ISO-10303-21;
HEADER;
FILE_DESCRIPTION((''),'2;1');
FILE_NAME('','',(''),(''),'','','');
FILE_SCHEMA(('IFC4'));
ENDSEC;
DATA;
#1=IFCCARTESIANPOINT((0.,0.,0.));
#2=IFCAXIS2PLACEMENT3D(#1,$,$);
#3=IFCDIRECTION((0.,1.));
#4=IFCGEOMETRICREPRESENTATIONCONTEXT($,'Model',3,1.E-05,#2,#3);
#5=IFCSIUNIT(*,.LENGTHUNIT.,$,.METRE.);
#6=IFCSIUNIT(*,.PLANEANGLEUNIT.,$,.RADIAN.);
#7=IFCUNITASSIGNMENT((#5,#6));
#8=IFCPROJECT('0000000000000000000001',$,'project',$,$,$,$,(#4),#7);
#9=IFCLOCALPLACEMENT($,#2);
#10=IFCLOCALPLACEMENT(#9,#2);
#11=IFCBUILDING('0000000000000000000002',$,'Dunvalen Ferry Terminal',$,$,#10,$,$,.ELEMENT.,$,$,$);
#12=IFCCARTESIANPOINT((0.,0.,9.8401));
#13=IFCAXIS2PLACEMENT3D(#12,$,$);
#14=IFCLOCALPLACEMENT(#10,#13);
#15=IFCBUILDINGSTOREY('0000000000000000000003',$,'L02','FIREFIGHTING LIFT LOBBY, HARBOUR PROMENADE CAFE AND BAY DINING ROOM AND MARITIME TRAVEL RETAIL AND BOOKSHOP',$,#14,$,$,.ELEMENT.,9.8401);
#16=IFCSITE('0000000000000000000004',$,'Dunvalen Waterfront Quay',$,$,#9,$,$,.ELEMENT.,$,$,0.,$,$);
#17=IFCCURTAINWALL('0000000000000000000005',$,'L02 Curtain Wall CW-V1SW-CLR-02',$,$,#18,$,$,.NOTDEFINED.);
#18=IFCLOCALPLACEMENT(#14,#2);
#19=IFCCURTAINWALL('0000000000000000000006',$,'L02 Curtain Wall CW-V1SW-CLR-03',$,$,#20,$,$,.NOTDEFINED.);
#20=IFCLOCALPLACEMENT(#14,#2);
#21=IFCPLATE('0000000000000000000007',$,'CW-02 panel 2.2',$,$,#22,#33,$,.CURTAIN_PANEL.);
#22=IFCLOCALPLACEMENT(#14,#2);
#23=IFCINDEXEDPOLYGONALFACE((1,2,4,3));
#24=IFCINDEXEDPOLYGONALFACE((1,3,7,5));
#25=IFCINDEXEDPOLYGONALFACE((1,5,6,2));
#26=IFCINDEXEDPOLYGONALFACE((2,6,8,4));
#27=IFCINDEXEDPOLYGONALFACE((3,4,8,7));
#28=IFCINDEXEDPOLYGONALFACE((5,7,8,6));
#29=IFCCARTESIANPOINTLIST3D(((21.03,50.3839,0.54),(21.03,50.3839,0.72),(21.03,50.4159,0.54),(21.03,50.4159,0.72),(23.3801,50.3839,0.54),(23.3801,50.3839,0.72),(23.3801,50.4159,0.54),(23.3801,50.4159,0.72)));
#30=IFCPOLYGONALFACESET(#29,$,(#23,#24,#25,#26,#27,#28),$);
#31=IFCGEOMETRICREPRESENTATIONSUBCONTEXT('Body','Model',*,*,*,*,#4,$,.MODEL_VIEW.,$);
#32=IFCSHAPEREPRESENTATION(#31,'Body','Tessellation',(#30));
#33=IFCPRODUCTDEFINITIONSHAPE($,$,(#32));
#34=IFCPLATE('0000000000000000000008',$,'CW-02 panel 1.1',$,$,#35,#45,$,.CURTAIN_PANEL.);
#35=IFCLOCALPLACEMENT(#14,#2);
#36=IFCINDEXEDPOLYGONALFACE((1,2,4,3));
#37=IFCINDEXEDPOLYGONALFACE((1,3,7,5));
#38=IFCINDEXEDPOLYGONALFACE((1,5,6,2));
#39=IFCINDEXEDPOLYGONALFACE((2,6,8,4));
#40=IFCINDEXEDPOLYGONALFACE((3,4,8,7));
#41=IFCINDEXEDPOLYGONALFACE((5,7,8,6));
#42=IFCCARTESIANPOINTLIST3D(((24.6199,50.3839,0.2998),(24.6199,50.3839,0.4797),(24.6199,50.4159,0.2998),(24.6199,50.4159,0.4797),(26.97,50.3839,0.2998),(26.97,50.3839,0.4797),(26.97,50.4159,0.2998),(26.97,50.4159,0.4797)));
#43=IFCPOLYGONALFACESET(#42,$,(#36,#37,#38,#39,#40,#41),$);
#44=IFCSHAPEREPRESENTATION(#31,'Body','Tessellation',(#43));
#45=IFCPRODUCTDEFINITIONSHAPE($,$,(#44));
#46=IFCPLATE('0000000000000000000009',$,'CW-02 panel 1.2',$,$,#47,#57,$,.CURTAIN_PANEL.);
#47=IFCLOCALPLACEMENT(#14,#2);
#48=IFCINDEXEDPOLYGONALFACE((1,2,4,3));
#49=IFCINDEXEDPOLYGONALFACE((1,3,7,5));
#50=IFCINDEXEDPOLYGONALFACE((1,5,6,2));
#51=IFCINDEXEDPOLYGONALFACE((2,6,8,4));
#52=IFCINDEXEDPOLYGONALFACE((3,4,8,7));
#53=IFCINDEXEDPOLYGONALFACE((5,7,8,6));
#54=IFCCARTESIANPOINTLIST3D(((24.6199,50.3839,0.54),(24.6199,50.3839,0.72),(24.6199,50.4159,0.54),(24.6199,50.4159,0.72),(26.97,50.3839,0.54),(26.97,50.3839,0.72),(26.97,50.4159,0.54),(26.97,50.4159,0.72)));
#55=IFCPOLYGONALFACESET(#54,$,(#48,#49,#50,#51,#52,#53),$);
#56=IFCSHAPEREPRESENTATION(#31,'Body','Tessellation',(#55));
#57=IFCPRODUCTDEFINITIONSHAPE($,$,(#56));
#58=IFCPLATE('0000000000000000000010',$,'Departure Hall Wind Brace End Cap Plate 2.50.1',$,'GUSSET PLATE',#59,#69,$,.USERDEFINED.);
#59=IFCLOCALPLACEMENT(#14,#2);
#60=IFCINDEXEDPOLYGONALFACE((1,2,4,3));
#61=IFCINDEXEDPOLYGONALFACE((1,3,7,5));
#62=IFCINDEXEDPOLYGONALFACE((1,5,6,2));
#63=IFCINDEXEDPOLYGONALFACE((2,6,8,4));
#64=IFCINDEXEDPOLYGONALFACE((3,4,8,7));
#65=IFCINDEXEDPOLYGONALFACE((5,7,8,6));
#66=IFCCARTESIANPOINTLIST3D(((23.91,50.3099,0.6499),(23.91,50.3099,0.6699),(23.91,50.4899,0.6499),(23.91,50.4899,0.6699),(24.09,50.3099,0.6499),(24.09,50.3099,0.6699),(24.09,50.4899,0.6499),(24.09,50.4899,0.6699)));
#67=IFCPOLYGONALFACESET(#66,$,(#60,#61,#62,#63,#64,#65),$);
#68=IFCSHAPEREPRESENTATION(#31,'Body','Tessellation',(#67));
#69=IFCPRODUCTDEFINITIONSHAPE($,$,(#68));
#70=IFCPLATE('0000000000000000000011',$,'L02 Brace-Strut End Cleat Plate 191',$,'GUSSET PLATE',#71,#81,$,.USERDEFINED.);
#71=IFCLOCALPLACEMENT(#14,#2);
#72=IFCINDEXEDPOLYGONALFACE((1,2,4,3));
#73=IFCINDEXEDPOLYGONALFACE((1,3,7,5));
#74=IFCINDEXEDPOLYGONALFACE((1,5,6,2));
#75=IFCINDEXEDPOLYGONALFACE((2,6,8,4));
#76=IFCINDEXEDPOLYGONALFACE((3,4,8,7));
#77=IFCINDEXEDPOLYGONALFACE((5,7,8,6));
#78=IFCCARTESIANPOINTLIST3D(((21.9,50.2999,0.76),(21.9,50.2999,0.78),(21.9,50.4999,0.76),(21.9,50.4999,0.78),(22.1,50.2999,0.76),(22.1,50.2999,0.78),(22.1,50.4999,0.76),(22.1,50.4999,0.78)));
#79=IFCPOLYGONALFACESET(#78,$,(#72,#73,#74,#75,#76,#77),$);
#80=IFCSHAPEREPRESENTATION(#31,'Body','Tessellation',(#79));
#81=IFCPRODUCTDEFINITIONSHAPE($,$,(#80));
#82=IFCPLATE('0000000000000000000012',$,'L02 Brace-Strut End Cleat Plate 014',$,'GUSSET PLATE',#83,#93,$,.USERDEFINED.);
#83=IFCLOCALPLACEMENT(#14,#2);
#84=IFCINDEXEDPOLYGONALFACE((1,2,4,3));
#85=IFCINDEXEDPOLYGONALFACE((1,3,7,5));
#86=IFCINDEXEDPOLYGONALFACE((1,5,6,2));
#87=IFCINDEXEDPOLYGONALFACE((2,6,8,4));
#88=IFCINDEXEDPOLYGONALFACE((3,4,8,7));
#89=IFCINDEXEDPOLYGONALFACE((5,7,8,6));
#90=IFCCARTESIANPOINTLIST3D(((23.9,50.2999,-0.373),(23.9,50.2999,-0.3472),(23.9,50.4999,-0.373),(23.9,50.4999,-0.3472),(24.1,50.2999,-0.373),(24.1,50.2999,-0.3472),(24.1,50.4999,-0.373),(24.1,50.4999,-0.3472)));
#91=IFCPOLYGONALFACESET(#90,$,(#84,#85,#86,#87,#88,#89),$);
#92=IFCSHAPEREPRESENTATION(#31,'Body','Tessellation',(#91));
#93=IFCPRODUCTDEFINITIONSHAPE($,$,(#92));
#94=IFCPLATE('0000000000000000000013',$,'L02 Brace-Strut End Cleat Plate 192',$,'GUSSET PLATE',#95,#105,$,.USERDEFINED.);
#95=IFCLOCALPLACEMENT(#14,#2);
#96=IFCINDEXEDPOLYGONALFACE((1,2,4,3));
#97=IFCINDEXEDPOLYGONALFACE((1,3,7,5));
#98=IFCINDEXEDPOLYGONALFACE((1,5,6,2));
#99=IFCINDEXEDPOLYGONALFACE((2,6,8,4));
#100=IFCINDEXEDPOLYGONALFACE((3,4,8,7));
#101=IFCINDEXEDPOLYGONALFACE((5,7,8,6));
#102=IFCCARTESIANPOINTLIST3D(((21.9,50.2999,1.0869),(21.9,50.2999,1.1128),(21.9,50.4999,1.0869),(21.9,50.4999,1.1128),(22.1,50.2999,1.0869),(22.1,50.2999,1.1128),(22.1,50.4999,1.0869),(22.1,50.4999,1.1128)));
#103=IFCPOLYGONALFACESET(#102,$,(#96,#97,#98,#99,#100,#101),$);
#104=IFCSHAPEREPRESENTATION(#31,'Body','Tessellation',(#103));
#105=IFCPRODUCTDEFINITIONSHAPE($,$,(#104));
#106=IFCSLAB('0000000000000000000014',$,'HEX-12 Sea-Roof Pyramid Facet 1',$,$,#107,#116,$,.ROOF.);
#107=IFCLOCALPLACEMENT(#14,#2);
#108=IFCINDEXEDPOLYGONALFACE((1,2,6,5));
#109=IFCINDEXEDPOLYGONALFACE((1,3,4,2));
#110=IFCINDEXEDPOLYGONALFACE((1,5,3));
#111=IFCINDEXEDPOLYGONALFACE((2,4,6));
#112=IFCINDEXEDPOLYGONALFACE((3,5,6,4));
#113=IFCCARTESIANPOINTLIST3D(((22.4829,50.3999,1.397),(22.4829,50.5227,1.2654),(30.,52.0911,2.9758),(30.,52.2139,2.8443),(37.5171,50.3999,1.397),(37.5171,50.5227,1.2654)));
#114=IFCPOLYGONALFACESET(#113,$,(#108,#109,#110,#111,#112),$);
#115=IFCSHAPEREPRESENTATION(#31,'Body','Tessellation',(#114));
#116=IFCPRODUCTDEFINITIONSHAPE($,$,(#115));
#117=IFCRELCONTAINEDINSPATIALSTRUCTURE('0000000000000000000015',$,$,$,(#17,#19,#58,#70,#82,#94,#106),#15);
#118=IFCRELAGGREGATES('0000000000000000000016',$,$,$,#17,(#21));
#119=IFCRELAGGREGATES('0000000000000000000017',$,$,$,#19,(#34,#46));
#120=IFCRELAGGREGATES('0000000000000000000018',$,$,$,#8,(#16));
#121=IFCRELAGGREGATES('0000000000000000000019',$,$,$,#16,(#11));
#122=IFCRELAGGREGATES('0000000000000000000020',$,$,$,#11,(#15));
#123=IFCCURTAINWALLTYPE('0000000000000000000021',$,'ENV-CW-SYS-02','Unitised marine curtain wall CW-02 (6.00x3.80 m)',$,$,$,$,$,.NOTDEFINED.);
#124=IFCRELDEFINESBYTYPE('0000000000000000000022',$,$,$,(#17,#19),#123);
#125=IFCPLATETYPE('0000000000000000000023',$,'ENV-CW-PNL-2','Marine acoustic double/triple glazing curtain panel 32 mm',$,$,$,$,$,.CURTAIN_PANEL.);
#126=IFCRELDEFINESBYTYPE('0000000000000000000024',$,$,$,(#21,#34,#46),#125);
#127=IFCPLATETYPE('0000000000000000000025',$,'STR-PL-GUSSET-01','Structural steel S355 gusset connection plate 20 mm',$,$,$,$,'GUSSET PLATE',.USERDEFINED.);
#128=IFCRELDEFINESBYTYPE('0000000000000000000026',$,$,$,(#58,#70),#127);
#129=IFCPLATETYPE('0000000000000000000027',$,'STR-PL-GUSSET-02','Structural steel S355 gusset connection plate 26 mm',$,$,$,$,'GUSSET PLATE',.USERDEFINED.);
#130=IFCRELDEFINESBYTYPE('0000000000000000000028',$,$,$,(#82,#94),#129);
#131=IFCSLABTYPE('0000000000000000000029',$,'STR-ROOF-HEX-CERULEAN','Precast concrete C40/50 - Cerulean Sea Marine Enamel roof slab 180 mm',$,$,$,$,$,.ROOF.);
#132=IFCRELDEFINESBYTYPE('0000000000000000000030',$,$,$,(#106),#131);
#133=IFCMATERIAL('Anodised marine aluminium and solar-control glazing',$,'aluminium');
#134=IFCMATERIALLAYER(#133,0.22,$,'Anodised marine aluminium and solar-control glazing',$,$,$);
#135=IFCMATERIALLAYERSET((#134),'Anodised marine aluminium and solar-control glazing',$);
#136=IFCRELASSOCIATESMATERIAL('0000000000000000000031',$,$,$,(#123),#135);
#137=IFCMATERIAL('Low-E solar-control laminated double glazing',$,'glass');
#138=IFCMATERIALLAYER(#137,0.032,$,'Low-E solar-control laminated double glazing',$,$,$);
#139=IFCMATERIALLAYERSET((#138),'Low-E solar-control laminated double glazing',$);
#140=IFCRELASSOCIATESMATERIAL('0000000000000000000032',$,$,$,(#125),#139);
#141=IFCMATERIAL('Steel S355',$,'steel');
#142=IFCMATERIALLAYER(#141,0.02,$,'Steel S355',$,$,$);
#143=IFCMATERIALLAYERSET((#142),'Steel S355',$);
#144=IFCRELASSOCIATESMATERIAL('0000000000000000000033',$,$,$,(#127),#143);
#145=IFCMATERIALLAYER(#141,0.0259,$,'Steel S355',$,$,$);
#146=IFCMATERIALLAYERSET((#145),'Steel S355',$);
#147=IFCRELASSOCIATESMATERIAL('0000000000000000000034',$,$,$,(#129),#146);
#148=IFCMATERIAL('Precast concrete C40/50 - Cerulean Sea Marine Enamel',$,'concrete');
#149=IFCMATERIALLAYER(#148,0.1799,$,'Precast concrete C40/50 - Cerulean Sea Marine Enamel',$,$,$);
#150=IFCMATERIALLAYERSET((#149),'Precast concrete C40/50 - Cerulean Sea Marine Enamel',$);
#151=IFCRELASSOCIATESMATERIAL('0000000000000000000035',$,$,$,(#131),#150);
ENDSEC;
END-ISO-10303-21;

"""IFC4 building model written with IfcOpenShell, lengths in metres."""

from ifc_helpers import new_model, si_unit, direction, frame, origin, origin_2d, place, context, subcontext, project, spatial, polyline, rectangle, outline, extrude, material, layer, layer_set, type_object, element, aggregate, save


model = new_model("IFC4")

# Units and contexts
model_context = context("Model", 3, precision=1e-05, world=origin(), true_north=direction((0.0, 1.0)))
body_context = subcontext(model_context, "Body", "Model", "MODEL_VIEW")
ifc_project = project(units=[si_unit("LENGTHUNIT", "METRE"), si_unit("PLANEANGLEUNIT", "RADIAN")], contexts=[model_context])

# Site, building, storey
site_placement = place(None, origin())
site = spatial("IfcSite", under=ifc_project, at=site_placement, Name="Dunvalen Waterfront Quay", CompositionType="ELEMENT", RefElevation=0.0)
building_placement = place(site_placement, origin())
building = spatial("IfcBuilding", under=site, at=building_placement, Name="Dunvalen Ferry Terminal", CompositionType="ELEMENT")
storey_placement = place(building_placement, frame((0.0, 0.0, 9.8401)))
storey = spatial("IfcBuildingStorey", under=building, at=storey_placement, Name="L02", Description="FIREFIGHTING LIFT LOBBY, HARBOUR PROMENADE CAFE AND BAY DINING ROOM AND MARITIME TRAVEL RETAIL AND BOOKSHOP", CompositionType="ELEMENT", Elevation=9.8401)

# Curtain walls
ifc_material_1 = material(Name="Anodised marine aluminium and solar-control glazing", Category="aluminium")
ifc_layer_1 = layer(ifc_material_1, 0.22, Name="Anodised marine aluminium and solar-control glazing")
ifc_layer_set_1 = layer_set([ifc_layer_1], Name="Anodised marine aluminium and solar-control glazing")
curtain_wall_type = type_object("IfcCurtainWallType", Name="ENV-CW-SYS-02", Description="Unitised marine curtain wall CW-02 (6.00x3.80 m)", PredefinedType="NOTDEFINED", material=ifc_layer_set_1)
curtain_wall_1_placement = place(storey_placement, origin())
curtain_wall_1 = element("IfcCurtainWall", 1, at=curtain_wall_1_placement, inside=storey, type_object=curtain_wall_type, Name="L02 Curtain Wall CW-V1SW-CLR-02", PredefinedType="NOTDEFINED")
curtain_wall_2_placement = place(storey_placement, origin())
curtain_wall_2 = element("IfcCurtainWall", 2, at=curtain_wall_2_placement, inside=storey, type_object=curtain_wall_type, Name="L02 Curtain Wall CW-V1SW-CLR-03", PredefinedType="NOTDEFINED")

# Shared definitions
ifc_material_2 = material(Name="Steel S355", Category="steel")

# Plates
ifc_material_3 = material(Name="Low-E solar-control laminated double glazing", Category="glass")
ifc_layer_2 = layer(ifc_material_3, 0.032, Name="Low-E solar-control laminated double glazing")
ifc_layer_set_2 = layer_set([ifc_layer_2], Name="Low-E solar-control laminated double glazing")
plate_type_1 = type_object("IfcPlateType", Name="ENV-CW-PNL-2", Description="Marine acoustic double/triple glazing curtain panel 32 mm", PredefinedType="CURTAIN_PANEL", material=ifc_layer_set_2)
plate_1_placement = place(storey_placement, frame((22.2051, 50.3999, 0.54), z_axis=(0.0, 0.0, 1.0), x_axis=(1.0, 0.0, 0.0)))
plate_1 = element("IfcPlate", 3, at=plate_1_placement, type_object=plate_type_1, Name="CW-02 panel 2.2", PredefinedType="CURTAIN_PANEL", context=body_context, shape_type="SweptSolid", body=[
    extrude(rectangle(XDim=2.3501, YDim=0.032, at=origin_2d()), origin(), (0.0, 0.0, 1.0), 0.1799),
])
aggregate(curtain_wall_1, [plate_1])
plate_2_placement = place(storey_placement, frame((25.7949, 50.3999, 0.2998), z_axis=(0.0, 0.0, 1.0), x_axis=(1.0, 0.0, 0.0)))
plate_2 = element("IfcPlate", 4, at=plate_2_placement, type_object=plate_type_1, Name="CW-02 panel 1.1", PredefinedType="CURTAIN_PANEL", context=body_context, shape_type="SweptSolid", body=[
    extrude(rectangle(XDim=2.3501, YDim=0.032, at=origin_2d()), origin(), (0.0, 0.0, 1.0), 0.1799),
])
plate_3_placement = place(storey_placement, frame((25.7949, 50.3999, 0.54), z_axis=(0.0, 0.0, 1.0), x_axis=(1.0, 0.0, 0.0)))
plate_3 = element("IfcPlate", 5, at=plate_3_placement, type_object=plate_type_1, Name="CW-02 panel 1.2", PredefinedType="CURTAIN_PANEL", context=body_context, shape_type="SweptSolid", body=[
    extrude(rectangle(XDim=2.3501, YDim=0.032, at=origin_2d()), origin(), (0.0, 0.0, 1.0), 0.1799),
])
aggregate(curtain_wall_2, [plate_2, plate_3])

# Plates
ifc_layer_3 = layer(ifc_material_2, 0.02, Name="Steel S355")
ifc_layer_set_3 = layer_set([ifc_layer_3], Name="Steel S355")
plate_type_2 = type_object("IfcPlateType", Name="STR-PL-GUSSET-01", Description="Structural steel S355 gusset connection plate 20 mm", ElementType="GUSSET PLATE", PredefinedType="USERDEFINED", material=ifc_layer_set_3)
plate_4_placement = place(storey_placement, frame((24.0, 50.3999, 0.6499), z_axis=(0.0, 0.0, 1.0), x_axis=(1.0, 0.0, 0.0)))
element("IfcPlate", 6, at=plate_4_placement, inside=storey, type_object=plate_type_2, Name="Departure Hall Wind Brace End Cap Plate 2.50.1", ObjectType="GUSSET PLATE", PredefinedType="USERDEFINED", context=body_context, shape_type="SweptSolid", body=[
    extrude(rectangle(XDim=0.1799, YDim=0.1799, at=origin_2d()), origin(), (0.0, 0.0, 1.0), 0.02),
])
plate_5_placement = place(storey_placement, frame((22.0, 50.3999, 0.76), z_axis=(0.0, 0.0, 1.0), x_axis=(1.0, 0.0, 0.0)))
element("IfcPlate", 7, at=plate_5_placement, inside=storey, type_object=plate_type_2, Name="L02 Brace-Strut End Cleat Plate 191", ObjectType="GUSSET PLATE", PredefinedType="USERDEFINED", context=body_context, shape_type="SweptSolid", body=[
    extrude(rectangle(XDim=0.2, YDim=0.2, at=origin_2d()), origin(), (0.0, 0.0, 1.0), 0.02),
])
ifc_layer_4 = layer(ifc_material_2, 0.0259, Name="Steel S355")
ifc_layer_set_4 = layer_set([ifc_layer_4], Name="Steel S355")
plate_type_3 = type_object("IfcPlateType", Name="STR-PL-GUSSET-02", Description="Structural steel S355 gusset connection plate 26 mm", ElementType="GUSSET PLATE", PredefinedType="USERDEFINED", material=ifc_layer_set_4)
for number, where, z_axis, x_axis, name in (
    (8, (24.0, 50.3999, -0.373), (0.0, 0.0, 1.0), (1.0, 0.0, 0.0), "L02 Brace-Strut End Cleat Plate 014"),
    (9, (22.0, 50.3999, 1.0869), (0.0, 0.0, 1.0), (1.0, 0.0, 0.0), "L02 Brace-Strut End Cleat Plate 192"),
):
    element("IfcPlate", number, at=place(storey_placement, frame(where, z_axis=z_axis, x_axis=x_axis)), inside=storey, type_object=plate_type_3, Name=name, ObjectType="GUSSET PLATE", PredefinedType="USERDEFINED", context=body_context, shape_type="SweptSolid", body=[
        extrude(rectangle(XDim=0.2, YDim=0.2, at=origin_2d()), origin(), (0.0, 0.0, 1.0), 0.0259),
    ])

# Slab
ifc_material_4 = material(Name="Precast concrete C40/50 - Cerulean Sea Marine Enamel", Category="concrete")
ifc_layer_5 = layer(ifc_material_4, 0.1799, Name="Precast concrete C40/50 - Cerulean Sea Marine Enamel")
ifc_layer_set_5 = layer_set([ifc_layer_5], Name="Precast concrete C40/50 - Cerulean Sea Marine Enamel")
slab_type = type_object("IfcSlabType", Name="STR-ROOF-HEX-CERULEAN", Description="Precast concrete C40/50 - Cerulean Sea Marine Enamel roof slab 180 mm", PredefinedType="ROOF", material=ifc_layer_set_5)
slab_placement = place(storey_placement, frame((22.4829, 50.3999, 1.397), z_axis=(0.0, -0.68242, 0.730961), x_axis=(1.0, 0.0, 0.0)))
element("IfcSlab", 10, at=slab_placement, inside=storey, type_object=slab_type, Name="HEX-12 Sea-Roof Pyramid Facet 1", PredefinedType="ROOF", context=body_context, shape_type="SweptSolid", body=[
    extrude(outline(polyline([(0.0, 0.0), (15.0342, 0.0), (7.5171, 2.3136), (0.0, 0.0)])), origin(), (0.0, 0.0, -1.0), 0.1799),
])

save(model, "model.ifc")
